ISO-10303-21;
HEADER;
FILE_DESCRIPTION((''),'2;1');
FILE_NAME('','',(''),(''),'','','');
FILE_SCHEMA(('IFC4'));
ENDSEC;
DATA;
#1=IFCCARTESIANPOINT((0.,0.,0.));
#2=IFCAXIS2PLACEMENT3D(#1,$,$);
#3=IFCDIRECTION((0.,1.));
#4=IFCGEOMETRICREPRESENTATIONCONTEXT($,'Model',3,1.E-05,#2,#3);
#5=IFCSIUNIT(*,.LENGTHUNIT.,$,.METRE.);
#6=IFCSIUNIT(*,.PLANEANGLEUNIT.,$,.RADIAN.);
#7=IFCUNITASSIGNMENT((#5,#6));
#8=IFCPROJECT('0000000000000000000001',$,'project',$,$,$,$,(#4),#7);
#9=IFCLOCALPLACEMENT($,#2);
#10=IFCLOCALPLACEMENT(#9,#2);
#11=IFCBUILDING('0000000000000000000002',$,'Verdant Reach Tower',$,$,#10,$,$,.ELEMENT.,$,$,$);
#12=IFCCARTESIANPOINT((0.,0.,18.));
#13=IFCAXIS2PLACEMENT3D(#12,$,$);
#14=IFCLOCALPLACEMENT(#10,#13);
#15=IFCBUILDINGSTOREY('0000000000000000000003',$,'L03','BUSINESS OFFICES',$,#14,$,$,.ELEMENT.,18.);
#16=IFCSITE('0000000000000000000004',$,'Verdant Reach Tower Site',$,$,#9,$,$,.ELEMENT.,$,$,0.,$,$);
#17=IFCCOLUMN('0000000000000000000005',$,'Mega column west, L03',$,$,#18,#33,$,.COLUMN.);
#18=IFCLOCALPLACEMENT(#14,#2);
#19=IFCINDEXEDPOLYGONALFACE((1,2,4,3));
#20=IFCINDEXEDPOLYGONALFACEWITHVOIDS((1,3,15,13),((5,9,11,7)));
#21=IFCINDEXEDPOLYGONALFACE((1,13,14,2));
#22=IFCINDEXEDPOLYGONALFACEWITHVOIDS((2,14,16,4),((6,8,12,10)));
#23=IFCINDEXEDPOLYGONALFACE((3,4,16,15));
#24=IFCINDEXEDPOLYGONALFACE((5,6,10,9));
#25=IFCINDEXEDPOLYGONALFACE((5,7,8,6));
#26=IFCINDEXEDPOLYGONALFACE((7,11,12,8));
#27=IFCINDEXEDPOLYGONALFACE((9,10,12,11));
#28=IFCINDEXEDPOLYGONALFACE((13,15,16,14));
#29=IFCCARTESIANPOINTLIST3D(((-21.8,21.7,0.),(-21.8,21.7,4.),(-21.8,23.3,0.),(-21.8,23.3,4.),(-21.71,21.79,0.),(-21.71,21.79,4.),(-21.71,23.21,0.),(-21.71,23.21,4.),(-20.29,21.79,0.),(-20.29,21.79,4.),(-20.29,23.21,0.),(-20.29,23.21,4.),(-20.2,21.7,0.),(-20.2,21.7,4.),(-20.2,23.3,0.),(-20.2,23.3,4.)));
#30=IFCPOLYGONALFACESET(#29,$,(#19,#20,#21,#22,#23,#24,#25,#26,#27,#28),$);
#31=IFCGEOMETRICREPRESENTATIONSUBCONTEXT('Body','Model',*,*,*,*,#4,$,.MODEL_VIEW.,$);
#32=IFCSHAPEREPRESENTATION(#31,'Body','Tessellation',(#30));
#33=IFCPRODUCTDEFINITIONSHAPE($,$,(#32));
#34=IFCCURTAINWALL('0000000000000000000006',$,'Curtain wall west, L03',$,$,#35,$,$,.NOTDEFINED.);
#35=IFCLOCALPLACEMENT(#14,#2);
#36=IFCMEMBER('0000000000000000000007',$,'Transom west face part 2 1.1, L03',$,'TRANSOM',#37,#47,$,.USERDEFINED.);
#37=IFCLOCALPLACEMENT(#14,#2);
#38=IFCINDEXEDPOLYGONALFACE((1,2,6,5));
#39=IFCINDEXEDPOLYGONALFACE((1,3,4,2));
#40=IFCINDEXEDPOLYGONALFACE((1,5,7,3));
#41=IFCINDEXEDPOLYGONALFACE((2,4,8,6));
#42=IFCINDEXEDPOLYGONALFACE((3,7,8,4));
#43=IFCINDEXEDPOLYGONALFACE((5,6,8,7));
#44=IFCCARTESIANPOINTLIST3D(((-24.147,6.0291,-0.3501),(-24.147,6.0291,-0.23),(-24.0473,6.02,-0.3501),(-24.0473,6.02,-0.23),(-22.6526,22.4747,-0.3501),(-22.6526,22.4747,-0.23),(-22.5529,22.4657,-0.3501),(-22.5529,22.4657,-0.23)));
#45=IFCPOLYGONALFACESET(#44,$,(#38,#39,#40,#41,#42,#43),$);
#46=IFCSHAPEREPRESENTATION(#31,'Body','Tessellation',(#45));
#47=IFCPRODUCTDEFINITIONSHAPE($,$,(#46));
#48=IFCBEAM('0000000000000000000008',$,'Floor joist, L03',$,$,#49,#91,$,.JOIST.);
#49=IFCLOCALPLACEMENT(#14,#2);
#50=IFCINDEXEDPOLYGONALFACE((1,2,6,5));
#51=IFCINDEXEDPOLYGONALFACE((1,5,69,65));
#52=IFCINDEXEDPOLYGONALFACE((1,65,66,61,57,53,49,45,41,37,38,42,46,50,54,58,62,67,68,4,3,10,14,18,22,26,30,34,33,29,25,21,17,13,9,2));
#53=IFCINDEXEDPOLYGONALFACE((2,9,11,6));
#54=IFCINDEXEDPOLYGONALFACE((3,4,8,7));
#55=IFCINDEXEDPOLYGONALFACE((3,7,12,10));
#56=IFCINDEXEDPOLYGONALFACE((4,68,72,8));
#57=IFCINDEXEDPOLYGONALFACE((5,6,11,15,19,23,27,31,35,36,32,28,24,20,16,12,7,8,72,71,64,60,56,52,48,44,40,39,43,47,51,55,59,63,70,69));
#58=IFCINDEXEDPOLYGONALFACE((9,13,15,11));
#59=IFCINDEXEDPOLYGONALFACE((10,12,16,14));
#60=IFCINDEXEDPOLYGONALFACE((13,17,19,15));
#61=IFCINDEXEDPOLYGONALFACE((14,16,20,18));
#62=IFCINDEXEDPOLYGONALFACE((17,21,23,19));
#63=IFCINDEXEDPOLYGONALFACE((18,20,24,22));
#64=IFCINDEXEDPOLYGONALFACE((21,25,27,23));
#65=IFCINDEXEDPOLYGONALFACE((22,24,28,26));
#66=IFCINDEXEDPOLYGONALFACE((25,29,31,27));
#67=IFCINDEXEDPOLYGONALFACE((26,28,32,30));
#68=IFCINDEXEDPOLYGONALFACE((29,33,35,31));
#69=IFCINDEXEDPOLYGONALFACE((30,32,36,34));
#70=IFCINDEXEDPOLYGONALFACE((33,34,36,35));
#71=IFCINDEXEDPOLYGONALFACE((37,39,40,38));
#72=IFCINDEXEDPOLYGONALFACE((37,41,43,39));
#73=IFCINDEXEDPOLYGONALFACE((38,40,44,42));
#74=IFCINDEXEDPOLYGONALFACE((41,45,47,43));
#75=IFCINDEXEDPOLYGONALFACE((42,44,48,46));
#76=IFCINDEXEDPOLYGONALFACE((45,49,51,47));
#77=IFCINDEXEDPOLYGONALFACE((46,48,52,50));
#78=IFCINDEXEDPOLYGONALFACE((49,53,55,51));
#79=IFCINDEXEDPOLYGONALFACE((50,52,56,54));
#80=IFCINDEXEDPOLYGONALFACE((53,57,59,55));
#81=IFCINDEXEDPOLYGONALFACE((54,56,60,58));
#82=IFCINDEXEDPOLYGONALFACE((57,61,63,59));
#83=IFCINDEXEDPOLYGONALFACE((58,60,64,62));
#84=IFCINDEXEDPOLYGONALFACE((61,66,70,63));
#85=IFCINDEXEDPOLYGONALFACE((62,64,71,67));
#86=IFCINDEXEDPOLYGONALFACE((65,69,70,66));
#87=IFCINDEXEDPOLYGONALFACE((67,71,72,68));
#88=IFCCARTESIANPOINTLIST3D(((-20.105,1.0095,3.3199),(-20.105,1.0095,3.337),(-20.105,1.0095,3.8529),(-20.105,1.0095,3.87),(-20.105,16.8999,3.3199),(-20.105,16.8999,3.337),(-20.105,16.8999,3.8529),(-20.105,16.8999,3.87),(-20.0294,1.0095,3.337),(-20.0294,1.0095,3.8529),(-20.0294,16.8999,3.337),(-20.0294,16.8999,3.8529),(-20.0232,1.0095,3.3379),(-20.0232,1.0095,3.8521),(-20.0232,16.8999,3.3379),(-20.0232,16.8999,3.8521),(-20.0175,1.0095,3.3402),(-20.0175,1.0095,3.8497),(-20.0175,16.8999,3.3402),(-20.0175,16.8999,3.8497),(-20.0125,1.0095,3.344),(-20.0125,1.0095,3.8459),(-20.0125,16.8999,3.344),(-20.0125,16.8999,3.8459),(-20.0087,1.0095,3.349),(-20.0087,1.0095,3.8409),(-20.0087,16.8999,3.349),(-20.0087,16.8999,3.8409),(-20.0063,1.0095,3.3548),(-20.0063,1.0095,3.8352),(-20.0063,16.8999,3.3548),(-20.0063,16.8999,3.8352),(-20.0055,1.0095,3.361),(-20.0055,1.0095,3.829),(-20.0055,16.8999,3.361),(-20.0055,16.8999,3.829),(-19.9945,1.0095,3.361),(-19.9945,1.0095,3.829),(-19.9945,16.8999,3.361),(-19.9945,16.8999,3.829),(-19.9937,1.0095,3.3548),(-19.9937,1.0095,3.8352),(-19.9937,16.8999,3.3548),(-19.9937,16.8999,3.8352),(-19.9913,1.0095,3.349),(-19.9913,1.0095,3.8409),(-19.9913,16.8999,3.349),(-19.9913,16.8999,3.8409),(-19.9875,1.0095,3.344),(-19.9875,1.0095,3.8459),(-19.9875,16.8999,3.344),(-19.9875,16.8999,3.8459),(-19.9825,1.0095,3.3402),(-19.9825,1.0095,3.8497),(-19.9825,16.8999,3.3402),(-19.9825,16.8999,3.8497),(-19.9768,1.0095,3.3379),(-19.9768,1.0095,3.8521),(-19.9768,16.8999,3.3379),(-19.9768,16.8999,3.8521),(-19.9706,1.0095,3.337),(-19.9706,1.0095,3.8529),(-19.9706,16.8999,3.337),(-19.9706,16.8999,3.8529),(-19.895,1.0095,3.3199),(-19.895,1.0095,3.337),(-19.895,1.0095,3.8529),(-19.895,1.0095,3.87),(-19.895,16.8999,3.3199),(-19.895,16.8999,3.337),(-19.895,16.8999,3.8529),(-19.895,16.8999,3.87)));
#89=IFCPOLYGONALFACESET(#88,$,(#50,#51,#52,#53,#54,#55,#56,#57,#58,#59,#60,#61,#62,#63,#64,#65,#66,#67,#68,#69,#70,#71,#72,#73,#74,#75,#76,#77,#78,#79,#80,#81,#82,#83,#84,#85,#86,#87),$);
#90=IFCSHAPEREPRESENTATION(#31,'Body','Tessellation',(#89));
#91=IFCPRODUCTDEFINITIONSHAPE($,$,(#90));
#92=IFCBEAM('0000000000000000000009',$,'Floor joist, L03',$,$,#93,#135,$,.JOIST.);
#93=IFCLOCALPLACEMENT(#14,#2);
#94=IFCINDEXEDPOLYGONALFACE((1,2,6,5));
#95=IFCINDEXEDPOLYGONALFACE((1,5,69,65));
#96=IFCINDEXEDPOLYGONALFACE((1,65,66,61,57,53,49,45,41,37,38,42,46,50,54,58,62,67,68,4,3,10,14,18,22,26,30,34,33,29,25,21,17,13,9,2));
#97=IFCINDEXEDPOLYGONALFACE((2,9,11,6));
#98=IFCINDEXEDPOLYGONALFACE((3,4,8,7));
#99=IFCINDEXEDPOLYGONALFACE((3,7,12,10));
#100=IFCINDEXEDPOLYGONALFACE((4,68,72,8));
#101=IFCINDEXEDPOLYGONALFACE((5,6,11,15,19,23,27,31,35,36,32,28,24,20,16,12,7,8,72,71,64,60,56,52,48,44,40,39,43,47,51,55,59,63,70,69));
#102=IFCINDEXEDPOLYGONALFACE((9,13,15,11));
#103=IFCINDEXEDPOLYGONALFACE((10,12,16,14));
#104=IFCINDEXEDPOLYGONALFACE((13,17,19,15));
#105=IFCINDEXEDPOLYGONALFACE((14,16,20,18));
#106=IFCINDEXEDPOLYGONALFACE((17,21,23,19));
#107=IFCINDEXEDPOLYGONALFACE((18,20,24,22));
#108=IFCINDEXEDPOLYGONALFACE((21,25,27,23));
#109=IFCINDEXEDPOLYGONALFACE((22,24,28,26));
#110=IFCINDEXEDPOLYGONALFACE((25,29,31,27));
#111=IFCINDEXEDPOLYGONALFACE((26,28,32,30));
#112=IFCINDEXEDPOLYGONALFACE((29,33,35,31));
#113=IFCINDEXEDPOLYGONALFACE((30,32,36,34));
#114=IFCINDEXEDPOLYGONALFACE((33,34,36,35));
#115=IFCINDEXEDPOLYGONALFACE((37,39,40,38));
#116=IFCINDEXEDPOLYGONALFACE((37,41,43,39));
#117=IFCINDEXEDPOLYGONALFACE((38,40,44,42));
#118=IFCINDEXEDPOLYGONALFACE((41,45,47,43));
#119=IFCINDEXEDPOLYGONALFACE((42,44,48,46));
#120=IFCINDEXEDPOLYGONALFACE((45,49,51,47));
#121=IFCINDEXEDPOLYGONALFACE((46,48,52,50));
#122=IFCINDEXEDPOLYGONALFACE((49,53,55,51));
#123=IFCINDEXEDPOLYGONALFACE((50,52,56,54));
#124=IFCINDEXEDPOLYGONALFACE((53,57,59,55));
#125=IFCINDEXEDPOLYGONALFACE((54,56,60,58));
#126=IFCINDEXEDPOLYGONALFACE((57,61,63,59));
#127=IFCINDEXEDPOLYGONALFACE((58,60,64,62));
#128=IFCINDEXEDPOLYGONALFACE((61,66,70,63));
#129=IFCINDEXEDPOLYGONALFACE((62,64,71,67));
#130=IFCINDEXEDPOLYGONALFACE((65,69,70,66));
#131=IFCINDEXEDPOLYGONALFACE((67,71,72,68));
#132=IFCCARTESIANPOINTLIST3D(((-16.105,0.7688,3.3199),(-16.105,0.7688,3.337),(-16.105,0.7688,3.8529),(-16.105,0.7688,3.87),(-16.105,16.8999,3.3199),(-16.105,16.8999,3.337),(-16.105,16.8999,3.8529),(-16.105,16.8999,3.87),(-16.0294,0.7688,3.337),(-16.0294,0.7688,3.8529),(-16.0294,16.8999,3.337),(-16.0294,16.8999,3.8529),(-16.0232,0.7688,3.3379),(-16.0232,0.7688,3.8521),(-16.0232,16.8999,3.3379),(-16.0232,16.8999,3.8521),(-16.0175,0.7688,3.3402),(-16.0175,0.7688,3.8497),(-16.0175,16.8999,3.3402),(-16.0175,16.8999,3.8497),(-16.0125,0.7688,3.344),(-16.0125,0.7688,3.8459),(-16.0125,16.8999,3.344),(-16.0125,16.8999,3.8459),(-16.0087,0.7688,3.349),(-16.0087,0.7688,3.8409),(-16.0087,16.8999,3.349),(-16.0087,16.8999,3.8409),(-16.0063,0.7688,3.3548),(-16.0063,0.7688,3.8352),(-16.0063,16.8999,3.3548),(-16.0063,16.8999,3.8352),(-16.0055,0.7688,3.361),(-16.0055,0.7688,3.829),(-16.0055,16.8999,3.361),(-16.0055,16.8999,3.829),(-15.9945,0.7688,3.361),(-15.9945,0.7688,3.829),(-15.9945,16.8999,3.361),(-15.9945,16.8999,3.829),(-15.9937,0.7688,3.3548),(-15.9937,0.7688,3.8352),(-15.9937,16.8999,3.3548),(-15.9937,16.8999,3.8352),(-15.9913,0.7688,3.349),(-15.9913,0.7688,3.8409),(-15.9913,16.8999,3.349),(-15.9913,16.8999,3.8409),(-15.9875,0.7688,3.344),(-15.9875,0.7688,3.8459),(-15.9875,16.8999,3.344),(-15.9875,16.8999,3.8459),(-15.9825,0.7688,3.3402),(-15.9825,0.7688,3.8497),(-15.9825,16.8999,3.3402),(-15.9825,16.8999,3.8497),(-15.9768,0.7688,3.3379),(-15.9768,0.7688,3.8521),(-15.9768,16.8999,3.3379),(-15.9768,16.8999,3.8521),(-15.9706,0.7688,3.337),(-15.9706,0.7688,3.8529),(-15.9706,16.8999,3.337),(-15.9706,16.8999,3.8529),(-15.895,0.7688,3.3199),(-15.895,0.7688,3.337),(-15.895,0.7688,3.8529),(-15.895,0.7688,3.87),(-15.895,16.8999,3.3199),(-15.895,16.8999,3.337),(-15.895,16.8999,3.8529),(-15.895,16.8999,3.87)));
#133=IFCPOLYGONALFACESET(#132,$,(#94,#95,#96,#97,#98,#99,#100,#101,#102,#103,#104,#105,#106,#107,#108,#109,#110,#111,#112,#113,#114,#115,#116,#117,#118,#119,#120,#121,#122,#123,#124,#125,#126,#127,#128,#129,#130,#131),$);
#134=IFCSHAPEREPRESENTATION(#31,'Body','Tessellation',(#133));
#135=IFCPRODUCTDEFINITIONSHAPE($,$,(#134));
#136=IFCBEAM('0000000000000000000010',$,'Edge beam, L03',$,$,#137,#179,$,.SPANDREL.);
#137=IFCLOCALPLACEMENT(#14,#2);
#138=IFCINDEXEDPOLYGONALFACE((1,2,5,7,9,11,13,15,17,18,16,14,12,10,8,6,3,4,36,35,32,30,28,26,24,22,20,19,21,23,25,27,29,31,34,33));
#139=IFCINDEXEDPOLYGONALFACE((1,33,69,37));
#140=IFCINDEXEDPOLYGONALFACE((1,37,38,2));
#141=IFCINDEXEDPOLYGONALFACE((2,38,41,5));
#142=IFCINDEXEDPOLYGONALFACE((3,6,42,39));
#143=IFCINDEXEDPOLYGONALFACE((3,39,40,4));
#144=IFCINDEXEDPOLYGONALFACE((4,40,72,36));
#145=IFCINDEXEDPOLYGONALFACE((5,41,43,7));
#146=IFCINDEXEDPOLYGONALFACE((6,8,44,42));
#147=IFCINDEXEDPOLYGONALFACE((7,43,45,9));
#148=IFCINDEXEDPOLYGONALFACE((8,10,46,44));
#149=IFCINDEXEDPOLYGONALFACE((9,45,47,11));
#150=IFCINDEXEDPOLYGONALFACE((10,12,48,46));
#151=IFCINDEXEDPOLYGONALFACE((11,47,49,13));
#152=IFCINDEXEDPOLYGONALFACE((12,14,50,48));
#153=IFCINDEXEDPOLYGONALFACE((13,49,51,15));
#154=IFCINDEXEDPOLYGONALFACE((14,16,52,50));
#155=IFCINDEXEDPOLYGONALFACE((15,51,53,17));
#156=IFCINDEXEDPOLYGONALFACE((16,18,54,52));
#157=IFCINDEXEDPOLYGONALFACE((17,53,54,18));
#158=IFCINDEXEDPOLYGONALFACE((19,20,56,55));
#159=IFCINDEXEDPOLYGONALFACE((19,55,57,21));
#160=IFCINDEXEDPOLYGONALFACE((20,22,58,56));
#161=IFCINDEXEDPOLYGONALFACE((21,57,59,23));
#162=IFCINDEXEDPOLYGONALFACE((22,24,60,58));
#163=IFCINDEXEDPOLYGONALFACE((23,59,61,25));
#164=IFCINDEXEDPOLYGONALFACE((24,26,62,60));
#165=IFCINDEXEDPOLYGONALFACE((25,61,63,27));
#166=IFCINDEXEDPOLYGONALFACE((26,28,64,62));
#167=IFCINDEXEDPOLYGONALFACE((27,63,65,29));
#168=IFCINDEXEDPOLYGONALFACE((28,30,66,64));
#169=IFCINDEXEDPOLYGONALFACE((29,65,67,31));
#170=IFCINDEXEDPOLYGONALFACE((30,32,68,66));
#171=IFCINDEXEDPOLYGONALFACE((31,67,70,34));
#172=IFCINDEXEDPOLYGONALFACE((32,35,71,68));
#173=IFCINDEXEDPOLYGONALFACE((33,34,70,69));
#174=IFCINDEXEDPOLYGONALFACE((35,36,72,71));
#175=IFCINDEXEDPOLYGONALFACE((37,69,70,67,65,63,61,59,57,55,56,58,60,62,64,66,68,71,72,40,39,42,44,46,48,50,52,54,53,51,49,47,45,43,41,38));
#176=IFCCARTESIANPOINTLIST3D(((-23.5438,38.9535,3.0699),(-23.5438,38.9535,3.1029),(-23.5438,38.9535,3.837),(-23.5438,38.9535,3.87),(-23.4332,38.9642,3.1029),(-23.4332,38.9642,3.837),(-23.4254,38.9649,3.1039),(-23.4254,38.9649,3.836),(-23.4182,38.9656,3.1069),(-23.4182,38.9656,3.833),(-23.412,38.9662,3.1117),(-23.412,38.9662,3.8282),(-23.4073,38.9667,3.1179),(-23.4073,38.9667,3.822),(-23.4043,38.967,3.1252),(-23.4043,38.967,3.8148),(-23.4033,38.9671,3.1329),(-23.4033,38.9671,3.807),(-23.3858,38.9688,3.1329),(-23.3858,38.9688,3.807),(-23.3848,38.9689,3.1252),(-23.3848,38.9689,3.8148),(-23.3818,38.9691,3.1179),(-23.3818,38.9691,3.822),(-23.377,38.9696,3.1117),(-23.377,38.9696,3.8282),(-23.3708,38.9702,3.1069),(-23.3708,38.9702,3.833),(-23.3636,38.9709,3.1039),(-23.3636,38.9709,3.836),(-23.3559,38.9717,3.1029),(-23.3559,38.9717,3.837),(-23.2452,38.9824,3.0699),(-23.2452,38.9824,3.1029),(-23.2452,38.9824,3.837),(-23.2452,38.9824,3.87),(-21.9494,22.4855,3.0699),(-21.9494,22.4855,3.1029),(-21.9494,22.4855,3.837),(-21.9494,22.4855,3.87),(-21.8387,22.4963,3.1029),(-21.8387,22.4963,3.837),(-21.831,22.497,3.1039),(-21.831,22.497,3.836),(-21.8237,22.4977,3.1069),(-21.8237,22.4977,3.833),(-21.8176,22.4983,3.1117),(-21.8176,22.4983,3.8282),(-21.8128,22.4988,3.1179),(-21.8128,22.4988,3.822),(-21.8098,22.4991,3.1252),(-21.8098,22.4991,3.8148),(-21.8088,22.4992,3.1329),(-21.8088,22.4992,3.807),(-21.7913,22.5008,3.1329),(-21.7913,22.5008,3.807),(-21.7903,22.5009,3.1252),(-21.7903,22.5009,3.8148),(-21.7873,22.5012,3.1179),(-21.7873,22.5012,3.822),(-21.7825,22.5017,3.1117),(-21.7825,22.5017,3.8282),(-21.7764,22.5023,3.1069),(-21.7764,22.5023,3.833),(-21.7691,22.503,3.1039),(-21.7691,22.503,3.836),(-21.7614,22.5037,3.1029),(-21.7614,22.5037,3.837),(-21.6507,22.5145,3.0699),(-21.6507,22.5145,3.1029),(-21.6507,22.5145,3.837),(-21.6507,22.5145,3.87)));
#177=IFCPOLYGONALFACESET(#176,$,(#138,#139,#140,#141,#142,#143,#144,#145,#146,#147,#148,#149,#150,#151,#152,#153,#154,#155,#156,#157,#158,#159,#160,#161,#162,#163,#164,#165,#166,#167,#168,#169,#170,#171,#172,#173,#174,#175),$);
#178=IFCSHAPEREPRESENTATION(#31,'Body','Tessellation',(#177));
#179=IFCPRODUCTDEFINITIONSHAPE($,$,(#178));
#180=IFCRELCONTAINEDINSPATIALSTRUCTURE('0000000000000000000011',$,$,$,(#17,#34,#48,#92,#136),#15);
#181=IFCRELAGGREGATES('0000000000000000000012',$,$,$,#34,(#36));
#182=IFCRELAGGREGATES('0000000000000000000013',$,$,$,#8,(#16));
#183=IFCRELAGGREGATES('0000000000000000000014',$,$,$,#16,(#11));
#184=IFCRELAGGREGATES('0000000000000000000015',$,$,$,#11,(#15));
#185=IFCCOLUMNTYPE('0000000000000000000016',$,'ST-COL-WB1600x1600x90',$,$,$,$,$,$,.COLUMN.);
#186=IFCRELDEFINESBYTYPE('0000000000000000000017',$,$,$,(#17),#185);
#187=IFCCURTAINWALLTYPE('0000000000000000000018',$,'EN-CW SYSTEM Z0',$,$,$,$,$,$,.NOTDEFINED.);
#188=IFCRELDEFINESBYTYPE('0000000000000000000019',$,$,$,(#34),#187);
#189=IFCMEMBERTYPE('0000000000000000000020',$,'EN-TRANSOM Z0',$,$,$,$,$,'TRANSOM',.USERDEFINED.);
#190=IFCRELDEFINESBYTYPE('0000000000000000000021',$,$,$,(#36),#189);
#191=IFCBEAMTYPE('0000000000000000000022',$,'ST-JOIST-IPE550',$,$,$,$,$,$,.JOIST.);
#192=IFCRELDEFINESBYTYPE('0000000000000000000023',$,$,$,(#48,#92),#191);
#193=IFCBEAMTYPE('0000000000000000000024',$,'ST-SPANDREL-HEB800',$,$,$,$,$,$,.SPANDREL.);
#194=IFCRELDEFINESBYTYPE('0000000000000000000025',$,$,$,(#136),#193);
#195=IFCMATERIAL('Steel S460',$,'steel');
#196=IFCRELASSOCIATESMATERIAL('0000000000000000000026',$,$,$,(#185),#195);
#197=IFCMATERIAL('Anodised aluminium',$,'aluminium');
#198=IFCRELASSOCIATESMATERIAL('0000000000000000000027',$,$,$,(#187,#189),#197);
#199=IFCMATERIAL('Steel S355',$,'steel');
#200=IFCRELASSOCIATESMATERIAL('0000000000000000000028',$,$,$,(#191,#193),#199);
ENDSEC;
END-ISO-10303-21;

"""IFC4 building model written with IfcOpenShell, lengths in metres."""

from ifc_helpers import new_model, si_unit, direction, frame, origin, origin_2d, place, context, subcontext, project, spatial, rectangle, hollow_rectangle, i_section, extrude, material, material_profile, profile_set, type_object, element, aggregate, save


model = new_model("IFC4")

# Units and contexts
model_context = context("Model", 3, precision=1e-05, world=origin(), true_north=direction((0.0, 1.0)))
body_context = subcontext(model_context, "Body", "Model", "MODEL_VIEW")
ifc_project = project(units=[si_unit("LENGTHUNIT", "METRE"), si_unit("PLANEANGLEUNIT", "RADIAN")], contexts=[model_context])

# Site, building, storey
site_placement = place(None, origin())
site = spatial("IfcSite", under=ifc_project, at=site_placement, Name="Verdant Reach Tower Site", CompositionType="ELEMENT", RefElevation=0.0)
building_placement = place(site_placement, origin())
building = spatial("IfcBuilding", under=site, at=building_placement, Name="Verdant Reach Tower", CompositionType="ELEMENT")
storey_placement = place(building_placement, frame((0.0, 0.0, 18.0)))
storey = spatial("IfcBuildingStorey", under=building, at=storey_placement, Name="L03", Description="BUSINESS OFFICES", CompositionType="ELEMENT", Elevation=18.0)

# Column
ifc_material_1 = material(Name="Steel S460", Category="steel")
ifc_material_profile_1 = material_profile(ifc_material_1, hollow_rectangle(XDim=1.6001, YDim=1.6001, WallThickness=0.0901, at=origin_2d()), Name="WB 1600x1600x90")
ifc_profile_set_1 = profile_set([ifc_material_profile_1], Name="Steel S460")
column_type = type_object("IfcColumnType", Name="ST-COL-WB1600x1600x90", PredefinedType="COLUMN", material=ifc_profile_set_1)
column_placement = place(storey_placement, frame((-21.0, 22.5, 0.0), z_axis=(0.0, 0.0, 1.0), x_axis=(1.0, 0.0, 0.0)))
element("IfcColumn", 1, at=column_placement, inside=storey, type_object=column_type, Name="Mega column west, L03", PredefinedType="COLUMN", context=body_context, shape_type="SweptSolid", body=[
    extrude(hollow_rectangle(XDim=1.6001, YDim=1.6001, WallThickness=0.0901, at=origin_2d()), origin(), (0.0, 0.0, 1.0), 4.0),
])

# Curtain wall, member
ifc_material_2 = material(Name="Anodised aluminium", Category="aluminium")
curtain_wall_type = type_object("IfcCurtainWallType", Name="EN-CW SYSTEM Z0", PredefinedType="NOTDEFINED", material=ifc_material_2)
curtain_wall_placement = place(storey_placement, origin())
curtain_wall = element("IfcCurtainWall", 2, at=curtain_wall_placement, inside=storey, type_object=curtain_wall_type, Name="Curtain wall west, L03", PredefinedType="NOTDEFINED")
ifc_material_profile_2 = material_profile(ifc_material_2, rectangle(XDim=0.1001, YDim=0.1201, at=origin_2d()), Name="Transom 120x100")
ifc_profile_set_2 = profile_set([ifc_material_profile_2], Name="Anodised aluminium")
member_type = type_object("IfcMemberType", Name="EN-TRANSOM Z0", ElementType="TRANSOM", PredefinedType="USERDEFINED", material=ifc_profile_set_2)
member_placement = place(storey_placement, frame((-22.6028, 22.4702, -0.29), z_axis=(-0.090496, -0.995897, 0.0), x_axis=(0.995897, -0.090496, 0.0)))
member = element("IfcMember", 3, at=member_placement, type_object=member_type, Name="Transom west face part 2 1.1, L03", ObjectType="TRANSOM", PredefinedType="USERDEFINED", context=body_context, shape_type="SweptSolid", body=[
    extrude(rectangle(XDim=0.1001, YDim=0.1201, at=origin_2d()), origin(), (0.0, 0.0, 1.0), 16.5134),
])

# Beams
ifc_material_3 = material(Name="Steel S355", Category="steel")
ifc_material_profile_3 = material_profile(ifc_material_3, i_section(OverallWidth=0.21, OverallDepth=0.55, WebThickness=0.011, FlangeThickness=0.0171, FilletRadius=0.0239, at=origin_2d()), Name="IPE 550")
ifc_profile_set_3 = profile_set([ifc_material_profile_3], Name="Steel S355")
beam_type_1 = type_object("IfcBeamType", Name="ST-JOIST-IPE550", PredefinedType="JOIST", material=ifc_profile_set_3)
beam_1_placement = place(storey_placement, frame((-20.0, 16.8999, 3.595), z_axis=(0.0, -1.0, 0.0), x_axis=(1.0, 0.0, 0.0)))
element("IfcBeam", 4, at=beam_1_placement, inside=storey, type_object=beam_type_1, Name="Floor joist, L03", PredefinedType="JOIST", context=body_context, shape_type="SweptSolid", body=[
    extrude(i_section(OverallWidth=0.21, OverallDepth=0.55, WebThickness=0.011, FlangeThickness=0.0171, FilletRadius=0.0239, at=origin_2d()), origin(), (0.0, 0.0, 1.0), 15.8904),
])
beam_2_placement = place(storey_placement, frame((-16.0, 16.8999, 3.595), z_axis=(0.0, -1.0, 0.0), x_axis=(1.0, 0.0, 0.0)))
element("IfcBeam", 5, at=beam_2_placement, inside=storey, type_object=beam_type_1, Name="Floor joist, L03", PredefinedType="JOIST", context=body_context, shape_type="SweptSolid", body=[
    extrude(i_section(OverallWidth=0.21, OverallDepth=0.55, WebThickness=0.011, FlangeThickness=0.0171, FilletRadius=0.0239, at=origin_2d()), origin(), (0.0, 0.0, 1.0), 16.1311),
])
ifc_material_profile_4 = material_profile(ifc_material_3, i_section(OverallWidth=0.3, OverallDepth=0.8, WebThickness=0.0176, FlangeThickness=0.033, FilletRadius=0.03, at=origin_2d()), Name="HEB 800")
ifc_profile_set_4 = profile_set([ifc_material_profile_4], Name="Steel S355")
beam_type_2 = type_object("IfcBeamType", Name="ST-SPANDREL-HEB800", PredefinedType="SPANDREL", material=ifc_profile_set_4)
beam_3_placement = place(storey_placement, frame((-21.8, 22.5, 3.47), z_axis=(-0.096372, 0.995345, 0.0), x_axis=(-0.995345, -0.096372, 0.0)))
element("IfcBeam", 6, at=beam_3_placement, inside=storey, type_object=beam_type_2, Name="Edge beam, L03", PredefinedType="SPANDREL", context=body_context, shape_type="SweptSolid", body=[
    extrude(i_section(OverallWidth=0.3, OverallDepth=0.8, WebThickness=0.0176, FlangeThickness=0.033, FilletRadius=0.03, at=origin_2d()), origin(), (0.0, 0.0, 1.0), 16.5449),
])

aggregate(curtain_wall, [member])

save(model, "model.ifc")
